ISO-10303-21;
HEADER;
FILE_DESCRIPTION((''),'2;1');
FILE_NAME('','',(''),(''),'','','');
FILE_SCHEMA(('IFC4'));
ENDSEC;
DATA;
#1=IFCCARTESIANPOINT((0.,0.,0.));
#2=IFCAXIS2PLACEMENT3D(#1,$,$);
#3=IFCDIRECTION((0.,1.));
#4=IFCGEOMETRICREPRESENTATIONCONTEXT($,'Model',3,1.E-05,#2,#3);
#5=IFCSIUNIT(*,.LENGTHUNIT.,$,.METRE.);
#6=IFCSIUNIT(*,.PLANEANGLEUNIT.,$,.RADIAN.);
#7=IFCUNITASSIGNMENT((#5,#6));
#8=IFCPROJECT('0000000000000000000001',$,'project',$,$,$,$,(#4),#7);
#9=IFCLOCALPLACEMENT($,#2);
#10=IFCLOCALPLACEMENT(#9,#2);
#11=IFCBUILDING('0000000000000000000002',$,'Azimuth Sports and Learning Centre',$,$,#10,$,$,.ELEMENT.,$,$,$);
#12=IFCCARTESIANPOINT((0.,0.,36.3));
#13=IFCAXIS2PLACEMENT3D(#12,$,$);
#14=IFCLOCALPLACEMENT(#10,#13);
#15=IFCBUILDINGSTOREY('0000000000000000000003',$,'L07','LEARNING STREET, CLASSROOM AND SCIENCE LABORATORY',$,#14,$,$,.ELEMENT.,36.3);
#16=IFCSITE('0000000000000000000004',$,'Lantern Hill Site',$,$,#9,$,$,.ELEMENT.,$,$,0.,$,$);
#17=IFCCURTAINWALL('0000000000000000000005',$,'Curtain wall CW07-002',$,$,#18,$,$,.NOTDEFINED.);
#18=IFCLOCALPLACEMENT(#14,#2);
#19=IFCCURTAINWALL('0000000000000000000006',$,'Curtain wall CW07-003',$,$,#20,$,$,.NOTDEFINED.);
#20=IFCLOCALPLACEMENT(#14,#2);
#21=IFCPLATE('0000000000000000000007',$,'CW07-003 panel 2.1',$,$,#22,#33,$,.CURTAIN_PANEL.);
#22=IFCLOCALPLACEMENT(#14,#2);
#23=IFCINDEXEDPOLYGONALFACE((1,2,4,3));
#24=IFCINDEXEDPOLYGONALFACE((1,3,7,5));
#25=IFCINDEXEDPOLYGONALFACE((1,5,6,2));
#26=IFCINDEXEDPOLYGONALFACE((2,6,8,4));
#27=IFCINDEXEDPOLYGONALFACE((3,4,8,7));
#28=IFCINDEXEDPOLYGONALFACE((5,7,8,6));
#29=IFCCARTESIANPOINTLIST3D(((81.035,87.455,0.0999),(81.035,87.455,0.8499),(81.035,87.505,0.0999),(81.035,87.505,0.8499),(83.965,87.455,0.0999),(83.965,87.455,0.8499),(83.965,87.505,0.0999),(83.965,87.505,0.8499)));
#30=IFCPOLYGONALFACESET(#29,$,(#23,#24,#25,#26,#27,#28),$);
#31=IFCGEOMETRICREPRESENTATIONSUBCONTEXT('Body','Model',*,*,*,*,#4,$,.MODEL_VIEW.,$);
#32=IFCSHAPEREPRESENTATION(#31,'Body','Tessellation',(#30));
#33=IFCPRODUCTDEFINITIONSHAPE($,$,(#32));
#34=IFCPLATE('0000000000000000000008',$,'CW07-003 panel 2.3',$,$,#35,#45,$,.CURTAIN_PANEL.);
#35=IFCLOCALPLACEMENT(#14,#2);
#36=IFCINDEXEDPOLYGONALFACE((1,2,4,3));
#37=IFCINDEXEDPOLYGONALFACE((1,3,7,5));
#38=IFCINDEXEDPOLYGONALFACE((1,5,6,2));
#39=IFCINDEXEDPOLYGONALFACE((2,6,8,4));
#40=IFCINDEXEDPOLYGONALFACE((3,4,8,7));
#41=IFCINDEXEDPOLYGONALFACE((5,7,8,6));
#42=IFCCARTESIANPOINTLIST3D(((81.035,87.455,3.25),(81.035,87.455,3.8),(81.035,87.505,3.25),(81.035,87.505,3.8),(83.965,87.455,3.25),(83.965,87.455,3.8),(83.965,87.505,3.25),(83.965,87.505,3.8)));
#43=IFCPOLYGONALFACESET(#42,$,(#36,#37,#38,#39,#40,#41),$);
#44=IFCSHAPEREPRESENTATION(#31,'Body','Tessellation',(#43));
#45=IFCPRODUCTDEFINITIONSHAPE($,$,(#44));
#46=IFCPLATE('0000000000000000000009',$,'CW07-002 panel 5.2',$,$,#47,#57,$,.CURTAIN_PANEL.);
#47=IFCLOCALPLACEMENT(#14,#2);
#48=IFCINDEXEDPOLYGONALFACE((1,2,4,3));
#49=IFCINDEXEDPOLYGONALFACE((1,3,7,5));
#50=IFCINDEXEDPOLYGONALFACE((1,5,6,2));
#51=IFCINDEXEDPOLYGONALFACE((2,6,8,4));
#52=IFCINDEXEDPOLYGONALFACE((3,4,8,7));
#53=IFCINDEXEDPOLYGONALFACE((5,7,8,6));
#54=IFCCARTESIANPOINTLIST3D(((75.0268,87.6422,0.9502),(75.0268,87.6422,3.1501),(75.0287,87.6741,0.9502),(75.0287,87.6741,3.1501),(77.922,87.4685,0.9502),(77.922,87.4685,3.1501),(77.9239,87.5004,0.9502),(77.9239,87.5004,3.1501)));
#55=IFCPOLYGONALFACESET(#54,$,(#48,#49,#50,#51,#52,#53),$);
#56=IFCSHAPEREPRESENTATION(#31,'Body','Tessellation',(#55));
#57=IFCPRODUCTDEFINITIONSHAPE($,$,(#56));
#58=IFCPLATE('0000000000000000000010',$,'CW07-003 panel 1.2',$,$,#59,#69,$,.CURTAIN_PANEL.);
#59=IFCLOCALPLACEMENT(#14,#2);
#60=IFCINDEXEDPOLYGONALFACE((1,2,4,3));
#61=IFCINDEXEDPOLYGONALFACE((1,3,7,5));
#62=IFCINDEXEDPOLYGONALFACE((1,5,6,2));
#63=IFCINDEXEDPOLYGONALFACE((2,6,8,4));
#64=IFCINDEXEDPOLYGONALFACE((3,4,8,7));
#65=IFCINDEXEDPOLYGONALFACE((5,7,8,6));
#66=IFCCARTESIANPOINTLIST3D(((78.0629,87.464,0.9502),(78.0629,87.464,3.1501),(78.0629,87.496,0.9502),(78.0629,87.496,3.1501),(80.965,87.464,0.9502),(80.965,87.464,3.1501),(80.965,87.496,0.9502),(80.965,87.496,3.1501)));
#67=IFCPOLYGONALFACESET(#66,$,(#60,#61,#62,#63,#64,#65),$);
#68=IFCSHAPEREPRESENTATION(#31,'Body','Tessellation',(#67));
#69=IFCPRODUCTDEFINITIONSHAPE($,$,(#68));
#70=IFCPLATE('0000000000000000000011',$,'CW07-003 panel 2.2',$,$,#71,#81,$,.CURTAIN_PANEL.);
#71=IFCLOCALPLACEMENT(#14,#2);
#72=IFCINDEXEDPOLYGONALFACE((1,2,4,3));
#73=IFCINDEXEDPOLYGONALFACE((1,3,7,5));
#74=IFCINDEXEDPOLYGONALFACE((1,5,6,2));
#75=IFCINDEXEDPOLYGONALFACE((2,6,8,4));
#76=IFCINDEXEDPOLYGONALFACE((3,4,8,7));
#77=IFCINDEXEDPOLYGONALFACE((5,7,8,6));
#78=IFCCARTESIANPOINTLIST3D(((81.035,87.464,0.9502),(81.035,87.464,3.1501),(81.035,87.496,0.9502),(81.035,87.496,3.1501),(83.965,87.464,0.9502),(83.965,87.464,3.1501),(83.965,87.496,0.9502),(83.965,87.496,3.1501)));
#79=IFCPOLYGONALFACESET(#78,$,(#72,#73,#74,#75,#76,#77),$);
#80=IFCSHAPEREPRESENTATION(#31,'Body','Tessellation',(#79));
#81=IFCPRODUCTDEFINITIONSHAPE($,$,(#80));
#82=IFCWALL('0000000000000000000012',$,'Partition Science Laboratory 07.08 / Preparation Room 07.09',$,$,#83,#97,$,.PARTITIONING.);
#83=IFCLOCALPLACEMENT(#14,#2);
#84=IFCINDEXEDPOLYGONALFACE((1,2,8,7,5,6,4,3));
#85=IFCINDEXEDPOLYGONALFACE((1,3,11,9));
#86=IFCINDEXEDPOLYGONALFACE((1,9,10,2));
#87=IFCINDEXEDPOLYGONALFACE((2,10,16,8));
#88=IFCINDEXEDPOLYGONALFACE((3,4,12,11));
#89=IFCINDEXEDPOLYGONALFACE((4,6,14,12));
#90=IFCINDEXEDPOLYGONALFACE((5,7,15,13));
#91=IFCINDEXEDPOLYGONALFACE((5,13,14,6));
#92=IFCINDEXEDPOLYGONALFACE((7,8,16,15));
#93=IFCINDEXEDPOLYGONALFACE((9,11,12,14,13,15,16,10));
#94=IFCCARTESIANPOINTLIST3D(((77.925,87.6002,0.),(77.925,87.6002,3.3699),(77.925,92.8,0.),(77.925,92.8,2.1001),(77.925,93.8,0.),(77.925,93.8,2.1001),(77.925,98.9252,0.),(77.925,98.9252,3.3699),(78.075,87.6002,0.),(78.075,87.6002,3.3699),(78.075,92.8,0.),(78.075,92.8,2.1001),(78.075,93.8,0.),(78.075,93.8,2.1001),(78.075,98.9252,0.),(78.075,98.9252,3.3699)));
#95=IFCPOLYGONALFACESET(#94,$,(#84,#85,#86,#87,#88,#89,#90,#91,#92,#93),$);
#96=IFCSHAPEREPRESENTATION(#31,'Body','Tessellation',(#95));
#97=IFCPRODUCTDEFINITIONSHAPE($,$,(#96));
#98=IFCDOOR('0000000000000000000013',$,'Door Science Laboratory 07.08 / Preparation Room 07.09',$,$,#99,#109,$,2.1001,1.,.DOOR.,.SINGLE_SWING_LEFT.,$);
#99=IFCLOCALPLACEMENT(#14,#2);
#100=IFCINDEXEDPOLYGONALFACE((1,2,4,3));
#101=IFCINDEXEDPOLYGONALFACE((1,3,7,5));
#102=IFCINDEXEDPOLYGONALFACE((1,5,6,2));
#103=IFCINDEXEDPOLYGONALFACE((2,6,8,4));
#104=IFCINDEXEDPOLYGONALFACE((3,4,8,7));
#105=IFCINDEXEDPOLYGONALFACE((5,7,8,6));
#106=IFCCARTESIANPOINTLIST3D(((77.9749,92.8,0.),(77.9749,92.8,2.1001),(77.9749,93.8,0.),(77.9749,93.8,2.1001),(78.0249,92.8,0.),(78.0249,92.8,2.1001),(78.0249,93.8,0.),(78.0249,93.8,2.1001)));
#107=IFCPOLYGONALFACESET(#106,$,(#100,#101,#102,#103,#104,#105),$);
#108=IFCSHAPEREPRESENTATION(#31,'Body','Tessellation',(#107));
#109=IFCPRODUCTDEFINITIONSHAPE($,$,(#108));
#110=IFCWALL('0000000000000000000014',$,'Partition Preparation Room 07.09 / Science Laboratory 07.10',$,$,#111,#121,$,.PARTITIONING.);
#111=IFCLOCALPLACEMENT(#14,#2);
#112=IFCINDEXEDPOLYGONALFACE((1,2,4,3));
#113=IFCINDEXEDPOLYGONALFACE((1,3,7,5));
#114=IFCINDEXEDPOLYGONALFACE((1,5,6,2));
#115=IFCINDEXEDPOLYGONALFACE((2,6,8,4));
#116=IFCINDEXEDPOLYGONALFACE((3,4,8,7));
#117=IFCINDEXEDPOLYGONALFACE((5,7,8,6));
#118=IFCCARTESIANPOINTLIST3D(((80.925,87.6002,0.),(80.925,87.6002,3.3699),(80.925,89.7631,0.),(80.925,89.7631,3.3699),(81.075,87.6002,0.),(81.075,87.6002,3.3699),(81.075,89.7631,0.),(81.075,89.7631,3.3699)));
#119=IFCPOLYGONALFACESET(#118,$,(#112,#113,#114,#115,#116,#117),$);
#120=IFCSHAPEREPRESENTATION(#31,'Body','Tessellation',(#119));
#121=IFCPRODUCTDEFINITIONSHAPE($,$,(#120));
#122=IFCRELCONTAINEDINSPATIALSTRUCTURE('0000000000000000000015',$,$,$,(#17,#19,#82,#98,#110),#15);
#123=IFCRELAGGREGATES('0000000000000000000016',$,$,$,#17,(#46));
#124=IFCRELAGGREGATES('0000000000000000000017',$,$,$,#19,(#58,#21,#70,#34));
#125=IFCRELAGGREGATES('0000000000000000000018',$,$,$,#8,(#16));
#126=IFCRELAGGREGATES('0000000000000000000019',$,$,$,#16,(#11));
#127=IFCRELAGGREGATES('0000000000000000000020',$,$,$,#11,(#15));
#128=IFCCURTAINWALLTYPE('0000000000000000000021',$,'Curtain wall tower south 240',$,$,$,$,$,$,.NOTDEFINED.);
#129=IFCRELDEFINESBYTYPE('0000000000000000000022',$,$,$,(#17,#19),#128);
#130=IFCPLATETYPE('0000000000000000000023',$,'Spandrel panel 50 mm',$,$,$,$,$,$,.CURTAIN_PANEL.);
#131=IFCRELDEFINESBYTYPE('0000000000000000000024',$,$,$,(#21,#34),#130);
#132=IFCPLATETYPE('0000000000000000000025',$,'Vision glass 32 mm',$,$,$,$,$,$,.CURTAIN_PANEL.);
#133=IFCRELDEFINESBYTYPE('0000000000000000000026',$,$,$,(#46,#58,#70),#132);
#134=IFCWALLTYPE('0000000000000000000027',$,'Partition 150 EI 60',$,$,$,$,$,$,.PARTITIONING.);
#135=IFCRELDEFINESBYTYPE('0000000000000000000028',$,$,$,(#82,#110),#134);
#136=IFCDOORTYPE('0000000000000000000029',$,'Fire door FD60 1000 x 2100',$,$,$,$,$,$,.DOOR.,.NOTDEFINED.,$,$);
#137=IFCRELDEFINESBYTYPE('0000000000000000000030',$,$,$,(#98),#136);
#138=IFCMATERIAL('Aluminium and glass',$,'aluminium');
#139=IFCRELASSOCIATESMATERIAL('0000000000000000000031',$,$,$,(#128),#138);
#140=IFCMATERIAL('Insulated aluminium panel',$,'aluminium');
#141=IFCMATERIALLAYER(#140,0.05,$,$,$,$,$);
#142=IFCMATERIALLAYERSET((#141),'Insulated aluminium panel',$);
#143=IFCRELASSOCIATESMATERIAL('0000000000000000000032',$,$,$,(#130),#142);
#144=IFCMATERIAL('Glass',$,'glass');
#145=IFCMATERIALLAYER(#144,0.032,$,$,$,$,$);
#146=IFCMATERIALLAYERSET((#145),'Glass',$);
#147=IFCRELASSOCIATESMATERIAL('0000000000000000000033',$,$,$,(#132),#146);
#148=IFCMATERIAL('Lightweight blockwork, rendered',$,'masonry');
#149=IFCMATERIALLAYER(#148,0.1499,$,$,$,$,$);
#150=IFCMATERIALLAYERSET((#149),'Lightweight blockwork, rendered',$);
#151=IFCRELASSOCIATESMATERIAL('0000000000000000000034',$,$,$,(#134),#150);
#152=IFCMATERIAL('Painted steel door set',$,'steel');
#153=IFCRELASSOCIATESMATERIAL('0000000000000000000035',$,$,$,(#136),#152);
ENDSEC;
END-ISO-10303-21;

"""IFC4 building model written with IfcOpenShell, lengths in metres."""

from ifc_helpers import new_model, si_unit, direction, frame, frame_2d, origin, origin_2d, place, context, subcontext, project, spatial, rectangle, extrude, material, layer, layer_set, type_object, element, fill, aggregate, save


model = new_model("IFC4")

# Units and contexts
model_context = context("Model", 3, precision=1e-05, world=origin(), true_north=direction((0.0, 1.0)))
body_context = subcontext(model_context, "Body", "Model", "MODEL_VIEW")
ifc_project = project(units=[si_unit("LENGTHUNIT", "METRE"), si_unit("PLANEANGLEUNIT", "RADIAN")], contexts=[model_context])

# Site, building, storey
site_placement = place(None, origin())
site = spatial("IfcSite", under=ifc_project, at=site_placement, Name="Lantern Hill Site", CompositionType="ELEMENT", RefElevation=0.0)
building_placement = place(site_placement, origin())
building = spatial("IfcBuilding", under=site, at=building_placement, Name="Azimuth Sports and Learning Centre", CompositionType="ELEMENT")
storey_placement = place(building_placement, frame((0.0, 0.0, 36.3)))
storey = spatial("IfcBuildingStorey", under=building, at=storey_placement, Name="L07", Description="LEARNING STREET, CLASSROOM AND SCIENCE LABORATORY", CompositionType="ELEMENT", Elevation=36.3)

# Curtain wall
ifc_material_1 = material(Name="Aluminium and glass", Category="aluminium")
curtain_wall_type = type_object("IfcCurtainWallType", Name="Curtain wall tower south 240", PredefinedType="NOTDEFINED", material=ifc_material_1)
curtain_wall_1_placement = place(storey_placement, origin())
curtain_wall_1 = element("IfcCurtainWall", 1, at=curtain_wall_1_placement, inside=storey, type_object=curtain_wall_type, Name="Curtain wall CW07-002", PredefinedType="NOTDEFINED")

# Curtain wall
curtain_wall_2_placement = place(storey_placement, origin())
curtain_wall_2 = element("IfcCurtainWall", 2, at=curtain_wall_2_placement, inside=storey, type_object=curtain_wall_type, Name="Curtain wall CW07-003", PredefinedType="NOTDEFINED")

# Plates
ifc_material_2 = material(Name="Insulated aluminium panel", Category="aluminium")
ifc_layer_1 = layer(ifc_material_2, 0.05)
ifc_layer_set_1 = layer_set([ifc_layer_1], Name="Insulated aluminium panel")
plate_type_1 = type_object("IfcPlateType", Name="Spandrel panel 50 mm", PredefinedType="CURTAIN_PANEL", material=ifc_layer_set_1)
plate_1_placement = place(storey_placement, frame((82.5, 87.48, 0.0999), z_axis=(0.0, 0.0, 1.0), x_axis=(1.0, 0.0, 0.0)))
plate_1 = element("IfcPlate", 3, at=plate_1_placement, type_object=plate_type_1, Name="CW07-003 panel 2.1", PredefinedType="CURTAIN_PANEL", context=body_context, shape_type="SweptSolid", body=[
    extrude(rectangle(XDim=2.9299, YDim=0.05, at=origin_2d()), origin(), (0.0, 0.0, 1.0), 0.75),
])
plate_2_placement = place(storey_placement, frame((82.5, 87.48, 3.25), z_axis=(0.0, 0.0, 1.0), x_axis=(1.0, 0.0, 0.0)))
plate_2 = element("IfcPlate", 4, at=plate_2_placement, type_object=plate_type_1, Name="CW07-003 panel 2.3", PredefinedType="CURTAIN_PANEL", context=body_context, shape_type="SweptSolid", body=[
    extrude(rectangle(XDim=2.9299, YDim=0.05, at=origin_2d()), origin(), (0.0, 0.0, 1.0), 0.55),
])
ifc_material_3 = material(Name="Glass", Category="glass")
ifc_layer_2 = layer(ifc_material_3, 0.032)
ifc_layer_set_2 = layer_set([ifc_layer_2], Name="Glass")
plate_type_2 = type_object("IfcPlateType", Name="Vision glass 32 mm", PredefinedType="CURTAIN_PANEL", material=ifc_layer_set_2)
plate_3_placement = place(storey_placement, frame((76.4753, 87.5713, 0.9502), z_axis=(0.0, 0.0, 1.0), x_axis=(0.998205, -0.059892, 0.0)))
plate_3 = element("IfcPlate", 5, at=plate_3_placement, type_object=plate_type_2, Name="CW07-002 panel 5.2", PredefinedType="CURTAIN_PANEL", context=body_context, shape_type="SweptSolid", body=[
    extrude(rectangle(XDim=2.9004, YDim=0.032, at=origin_2d()), origin(), (0.0, 0.0, 1.0), 2.2),
])
aggregate(curtain_wall_1, [plate_3])
plate_4_placement = place(storey_placement, frame((79.5139, 87.48, 0.9502), z_axis=(0.0, 0.0, 1.0), x_axis=(1.0, 0.0, 0.0)))
plate_4 = element("IfcPlate", 6, at=plate_4_placement, type_object=plate_type_2, Name="CW07-003 panel 1.2", PredefinedType="CURTAIN_PANEL", context=body_context, shape_type="SweptSolid", body=[
    extrude(rectangle(XDim=2.9021, YDim=0.032, at=origin_2d()), origin(), (0.0, 0.0, 1.0), 2.2),
])
plate_5_placement = place(storey_placement, frame((82.5, 87.48, 0.9502), z_axis=(0.0, 0.0, 1.0), x_axis=(1.0, 0.0, 0.0)))
plate_5 = element("IfcPlate", 7, at=plate_5_placement, type_object=plate_type_2, Name="CW07-003 panel 2.2", PredefinedType="CURTAIN_PANEL", context=body_context, shape_type="SweptSolid", body=[
    extrude(rectangle(XDim=2.9299, YDim=0.032, at=origin_2d()), origin(), (0.0, 0.0, 1.0), 2.2),
])
aggregate(curtain_wall_2, [plate_4, plate_1, plate_5, plate_2])

# Wall, opening, door
ifc_material_4 = material(Name="Lightweight blockwork, rendered", Category="masonry")
ifc_layer_3 = layer(ifc_material_4, 0.1499)
ifc_layer_set_3 = layer_set([ifc_layer_3], Name="Lightweight blockwork, rendered")
wall_type = type_object("IfcWallType", Name="Partition 150 EI 60", PredefinedType="PARTITIONING", material=ifc_layer_set_3)
wall_1_placement = place(storey_placement, frame((78.0, 87.6001, 0.0), z_axis=(0.0, 0.0, 1.0), x_axis=(0.0, 1.0, 0.0)))
wall_1 = element("IfcWall", 8, at=wall_1_placement, inside=storey, type_object=wall_type, Name="Partition Science Laboratory 07.08 / Preparation Room 07.09", PredefinedType="PARTITIONING", context=body_context, shape_type="SweptSolid", body=[
    extrude(rectangle(XDim=11.325, YDim=0.1499, at=frame_2d((5.6626, 0.0))), origin(), (0.0, 0.0, 1.0), 3.3699),
])
opening_placement = place(wall_1_placement, frame((5.2, 0.0, 0.0)))
opening = element("IfcOpeningElement", 9, at=opening_placement, cuts=wall_1, PredefinedType="OPENING", context=body_context, shape_type="SweptSolid", body=[
    extrude(rectangle(XDim=1.0, YDim=2.1001, at=frame_2d((0.5, 1.05))), frame((0.0, 0.0859, 0.0), z_axis=(0.0, -1.0, 0.0), x_axis=(1.0, 0.0, 0.0)), (0.0, 0.0, 1.0), 0.1719),
])
ifc_material_5 = material(Name="Painted steel door set", Category="steel")
door_type = type_object("IfcDoorType", Name="Fire door FD60 1000 x 2100", OperationType="NOTDEFINED", PredefinedType="DOOR", material=ifc_material_5)
door_placement = place(opening_placement, frame((1.0, 0.0, 0.0), z_axis=(0.0, 0.0, 1.0), x_axis=(-1.0, 0.0, 0.0)))
door = element("IfcDoor", 10, at=door_placement, inside=storey, type_object=door_type, Name="Door Science Laboratory 07.08 / Preparation Room 07.09", OperationType="SINGLE_SWING_LEFT", OverallHeight=2.1001, OverallWidth=1.0, PredefinedType="DOOR", context=body_context, shape_type="SweptSolid", body=[
    extrude(rectangle(XDim=1.0, YDim=2.1001, at=frame_2d((0.5, 1.05))), frame((0.0, 0.0249, 0.0), z_axis=(0.0, -1.0, 0.0), x_axis=(1.0, 0.0, 0.0)), (0.0, 0.0, 1.0), 0.05),
])
fill(opening, door)

# Wall
wall_2_placement = place(storey_placement, frame((81.0, 87.6001, 0.0), z_axis=(0.0, 0.0, 1.0), x_axis=(0.0, 1.0, 0.0)))
element("IfcWall", 11, at=wall_2_placement, inside=storey, type_object=wall_type, Name="Partition Preparation Room 07.09 / Science Laboratory 07.10", PredefinedType="PARTITIONING", context=body_context, shape_type="SweptSolid", body=[
    extrude(rectangle(XDim=2.1628, YDim=0.1499, at=frame_2d((1.0815, 0.0))), origin(), (0.0, 0.0, 1.0), 3.3699),
])

save(model, "model.ifc")
